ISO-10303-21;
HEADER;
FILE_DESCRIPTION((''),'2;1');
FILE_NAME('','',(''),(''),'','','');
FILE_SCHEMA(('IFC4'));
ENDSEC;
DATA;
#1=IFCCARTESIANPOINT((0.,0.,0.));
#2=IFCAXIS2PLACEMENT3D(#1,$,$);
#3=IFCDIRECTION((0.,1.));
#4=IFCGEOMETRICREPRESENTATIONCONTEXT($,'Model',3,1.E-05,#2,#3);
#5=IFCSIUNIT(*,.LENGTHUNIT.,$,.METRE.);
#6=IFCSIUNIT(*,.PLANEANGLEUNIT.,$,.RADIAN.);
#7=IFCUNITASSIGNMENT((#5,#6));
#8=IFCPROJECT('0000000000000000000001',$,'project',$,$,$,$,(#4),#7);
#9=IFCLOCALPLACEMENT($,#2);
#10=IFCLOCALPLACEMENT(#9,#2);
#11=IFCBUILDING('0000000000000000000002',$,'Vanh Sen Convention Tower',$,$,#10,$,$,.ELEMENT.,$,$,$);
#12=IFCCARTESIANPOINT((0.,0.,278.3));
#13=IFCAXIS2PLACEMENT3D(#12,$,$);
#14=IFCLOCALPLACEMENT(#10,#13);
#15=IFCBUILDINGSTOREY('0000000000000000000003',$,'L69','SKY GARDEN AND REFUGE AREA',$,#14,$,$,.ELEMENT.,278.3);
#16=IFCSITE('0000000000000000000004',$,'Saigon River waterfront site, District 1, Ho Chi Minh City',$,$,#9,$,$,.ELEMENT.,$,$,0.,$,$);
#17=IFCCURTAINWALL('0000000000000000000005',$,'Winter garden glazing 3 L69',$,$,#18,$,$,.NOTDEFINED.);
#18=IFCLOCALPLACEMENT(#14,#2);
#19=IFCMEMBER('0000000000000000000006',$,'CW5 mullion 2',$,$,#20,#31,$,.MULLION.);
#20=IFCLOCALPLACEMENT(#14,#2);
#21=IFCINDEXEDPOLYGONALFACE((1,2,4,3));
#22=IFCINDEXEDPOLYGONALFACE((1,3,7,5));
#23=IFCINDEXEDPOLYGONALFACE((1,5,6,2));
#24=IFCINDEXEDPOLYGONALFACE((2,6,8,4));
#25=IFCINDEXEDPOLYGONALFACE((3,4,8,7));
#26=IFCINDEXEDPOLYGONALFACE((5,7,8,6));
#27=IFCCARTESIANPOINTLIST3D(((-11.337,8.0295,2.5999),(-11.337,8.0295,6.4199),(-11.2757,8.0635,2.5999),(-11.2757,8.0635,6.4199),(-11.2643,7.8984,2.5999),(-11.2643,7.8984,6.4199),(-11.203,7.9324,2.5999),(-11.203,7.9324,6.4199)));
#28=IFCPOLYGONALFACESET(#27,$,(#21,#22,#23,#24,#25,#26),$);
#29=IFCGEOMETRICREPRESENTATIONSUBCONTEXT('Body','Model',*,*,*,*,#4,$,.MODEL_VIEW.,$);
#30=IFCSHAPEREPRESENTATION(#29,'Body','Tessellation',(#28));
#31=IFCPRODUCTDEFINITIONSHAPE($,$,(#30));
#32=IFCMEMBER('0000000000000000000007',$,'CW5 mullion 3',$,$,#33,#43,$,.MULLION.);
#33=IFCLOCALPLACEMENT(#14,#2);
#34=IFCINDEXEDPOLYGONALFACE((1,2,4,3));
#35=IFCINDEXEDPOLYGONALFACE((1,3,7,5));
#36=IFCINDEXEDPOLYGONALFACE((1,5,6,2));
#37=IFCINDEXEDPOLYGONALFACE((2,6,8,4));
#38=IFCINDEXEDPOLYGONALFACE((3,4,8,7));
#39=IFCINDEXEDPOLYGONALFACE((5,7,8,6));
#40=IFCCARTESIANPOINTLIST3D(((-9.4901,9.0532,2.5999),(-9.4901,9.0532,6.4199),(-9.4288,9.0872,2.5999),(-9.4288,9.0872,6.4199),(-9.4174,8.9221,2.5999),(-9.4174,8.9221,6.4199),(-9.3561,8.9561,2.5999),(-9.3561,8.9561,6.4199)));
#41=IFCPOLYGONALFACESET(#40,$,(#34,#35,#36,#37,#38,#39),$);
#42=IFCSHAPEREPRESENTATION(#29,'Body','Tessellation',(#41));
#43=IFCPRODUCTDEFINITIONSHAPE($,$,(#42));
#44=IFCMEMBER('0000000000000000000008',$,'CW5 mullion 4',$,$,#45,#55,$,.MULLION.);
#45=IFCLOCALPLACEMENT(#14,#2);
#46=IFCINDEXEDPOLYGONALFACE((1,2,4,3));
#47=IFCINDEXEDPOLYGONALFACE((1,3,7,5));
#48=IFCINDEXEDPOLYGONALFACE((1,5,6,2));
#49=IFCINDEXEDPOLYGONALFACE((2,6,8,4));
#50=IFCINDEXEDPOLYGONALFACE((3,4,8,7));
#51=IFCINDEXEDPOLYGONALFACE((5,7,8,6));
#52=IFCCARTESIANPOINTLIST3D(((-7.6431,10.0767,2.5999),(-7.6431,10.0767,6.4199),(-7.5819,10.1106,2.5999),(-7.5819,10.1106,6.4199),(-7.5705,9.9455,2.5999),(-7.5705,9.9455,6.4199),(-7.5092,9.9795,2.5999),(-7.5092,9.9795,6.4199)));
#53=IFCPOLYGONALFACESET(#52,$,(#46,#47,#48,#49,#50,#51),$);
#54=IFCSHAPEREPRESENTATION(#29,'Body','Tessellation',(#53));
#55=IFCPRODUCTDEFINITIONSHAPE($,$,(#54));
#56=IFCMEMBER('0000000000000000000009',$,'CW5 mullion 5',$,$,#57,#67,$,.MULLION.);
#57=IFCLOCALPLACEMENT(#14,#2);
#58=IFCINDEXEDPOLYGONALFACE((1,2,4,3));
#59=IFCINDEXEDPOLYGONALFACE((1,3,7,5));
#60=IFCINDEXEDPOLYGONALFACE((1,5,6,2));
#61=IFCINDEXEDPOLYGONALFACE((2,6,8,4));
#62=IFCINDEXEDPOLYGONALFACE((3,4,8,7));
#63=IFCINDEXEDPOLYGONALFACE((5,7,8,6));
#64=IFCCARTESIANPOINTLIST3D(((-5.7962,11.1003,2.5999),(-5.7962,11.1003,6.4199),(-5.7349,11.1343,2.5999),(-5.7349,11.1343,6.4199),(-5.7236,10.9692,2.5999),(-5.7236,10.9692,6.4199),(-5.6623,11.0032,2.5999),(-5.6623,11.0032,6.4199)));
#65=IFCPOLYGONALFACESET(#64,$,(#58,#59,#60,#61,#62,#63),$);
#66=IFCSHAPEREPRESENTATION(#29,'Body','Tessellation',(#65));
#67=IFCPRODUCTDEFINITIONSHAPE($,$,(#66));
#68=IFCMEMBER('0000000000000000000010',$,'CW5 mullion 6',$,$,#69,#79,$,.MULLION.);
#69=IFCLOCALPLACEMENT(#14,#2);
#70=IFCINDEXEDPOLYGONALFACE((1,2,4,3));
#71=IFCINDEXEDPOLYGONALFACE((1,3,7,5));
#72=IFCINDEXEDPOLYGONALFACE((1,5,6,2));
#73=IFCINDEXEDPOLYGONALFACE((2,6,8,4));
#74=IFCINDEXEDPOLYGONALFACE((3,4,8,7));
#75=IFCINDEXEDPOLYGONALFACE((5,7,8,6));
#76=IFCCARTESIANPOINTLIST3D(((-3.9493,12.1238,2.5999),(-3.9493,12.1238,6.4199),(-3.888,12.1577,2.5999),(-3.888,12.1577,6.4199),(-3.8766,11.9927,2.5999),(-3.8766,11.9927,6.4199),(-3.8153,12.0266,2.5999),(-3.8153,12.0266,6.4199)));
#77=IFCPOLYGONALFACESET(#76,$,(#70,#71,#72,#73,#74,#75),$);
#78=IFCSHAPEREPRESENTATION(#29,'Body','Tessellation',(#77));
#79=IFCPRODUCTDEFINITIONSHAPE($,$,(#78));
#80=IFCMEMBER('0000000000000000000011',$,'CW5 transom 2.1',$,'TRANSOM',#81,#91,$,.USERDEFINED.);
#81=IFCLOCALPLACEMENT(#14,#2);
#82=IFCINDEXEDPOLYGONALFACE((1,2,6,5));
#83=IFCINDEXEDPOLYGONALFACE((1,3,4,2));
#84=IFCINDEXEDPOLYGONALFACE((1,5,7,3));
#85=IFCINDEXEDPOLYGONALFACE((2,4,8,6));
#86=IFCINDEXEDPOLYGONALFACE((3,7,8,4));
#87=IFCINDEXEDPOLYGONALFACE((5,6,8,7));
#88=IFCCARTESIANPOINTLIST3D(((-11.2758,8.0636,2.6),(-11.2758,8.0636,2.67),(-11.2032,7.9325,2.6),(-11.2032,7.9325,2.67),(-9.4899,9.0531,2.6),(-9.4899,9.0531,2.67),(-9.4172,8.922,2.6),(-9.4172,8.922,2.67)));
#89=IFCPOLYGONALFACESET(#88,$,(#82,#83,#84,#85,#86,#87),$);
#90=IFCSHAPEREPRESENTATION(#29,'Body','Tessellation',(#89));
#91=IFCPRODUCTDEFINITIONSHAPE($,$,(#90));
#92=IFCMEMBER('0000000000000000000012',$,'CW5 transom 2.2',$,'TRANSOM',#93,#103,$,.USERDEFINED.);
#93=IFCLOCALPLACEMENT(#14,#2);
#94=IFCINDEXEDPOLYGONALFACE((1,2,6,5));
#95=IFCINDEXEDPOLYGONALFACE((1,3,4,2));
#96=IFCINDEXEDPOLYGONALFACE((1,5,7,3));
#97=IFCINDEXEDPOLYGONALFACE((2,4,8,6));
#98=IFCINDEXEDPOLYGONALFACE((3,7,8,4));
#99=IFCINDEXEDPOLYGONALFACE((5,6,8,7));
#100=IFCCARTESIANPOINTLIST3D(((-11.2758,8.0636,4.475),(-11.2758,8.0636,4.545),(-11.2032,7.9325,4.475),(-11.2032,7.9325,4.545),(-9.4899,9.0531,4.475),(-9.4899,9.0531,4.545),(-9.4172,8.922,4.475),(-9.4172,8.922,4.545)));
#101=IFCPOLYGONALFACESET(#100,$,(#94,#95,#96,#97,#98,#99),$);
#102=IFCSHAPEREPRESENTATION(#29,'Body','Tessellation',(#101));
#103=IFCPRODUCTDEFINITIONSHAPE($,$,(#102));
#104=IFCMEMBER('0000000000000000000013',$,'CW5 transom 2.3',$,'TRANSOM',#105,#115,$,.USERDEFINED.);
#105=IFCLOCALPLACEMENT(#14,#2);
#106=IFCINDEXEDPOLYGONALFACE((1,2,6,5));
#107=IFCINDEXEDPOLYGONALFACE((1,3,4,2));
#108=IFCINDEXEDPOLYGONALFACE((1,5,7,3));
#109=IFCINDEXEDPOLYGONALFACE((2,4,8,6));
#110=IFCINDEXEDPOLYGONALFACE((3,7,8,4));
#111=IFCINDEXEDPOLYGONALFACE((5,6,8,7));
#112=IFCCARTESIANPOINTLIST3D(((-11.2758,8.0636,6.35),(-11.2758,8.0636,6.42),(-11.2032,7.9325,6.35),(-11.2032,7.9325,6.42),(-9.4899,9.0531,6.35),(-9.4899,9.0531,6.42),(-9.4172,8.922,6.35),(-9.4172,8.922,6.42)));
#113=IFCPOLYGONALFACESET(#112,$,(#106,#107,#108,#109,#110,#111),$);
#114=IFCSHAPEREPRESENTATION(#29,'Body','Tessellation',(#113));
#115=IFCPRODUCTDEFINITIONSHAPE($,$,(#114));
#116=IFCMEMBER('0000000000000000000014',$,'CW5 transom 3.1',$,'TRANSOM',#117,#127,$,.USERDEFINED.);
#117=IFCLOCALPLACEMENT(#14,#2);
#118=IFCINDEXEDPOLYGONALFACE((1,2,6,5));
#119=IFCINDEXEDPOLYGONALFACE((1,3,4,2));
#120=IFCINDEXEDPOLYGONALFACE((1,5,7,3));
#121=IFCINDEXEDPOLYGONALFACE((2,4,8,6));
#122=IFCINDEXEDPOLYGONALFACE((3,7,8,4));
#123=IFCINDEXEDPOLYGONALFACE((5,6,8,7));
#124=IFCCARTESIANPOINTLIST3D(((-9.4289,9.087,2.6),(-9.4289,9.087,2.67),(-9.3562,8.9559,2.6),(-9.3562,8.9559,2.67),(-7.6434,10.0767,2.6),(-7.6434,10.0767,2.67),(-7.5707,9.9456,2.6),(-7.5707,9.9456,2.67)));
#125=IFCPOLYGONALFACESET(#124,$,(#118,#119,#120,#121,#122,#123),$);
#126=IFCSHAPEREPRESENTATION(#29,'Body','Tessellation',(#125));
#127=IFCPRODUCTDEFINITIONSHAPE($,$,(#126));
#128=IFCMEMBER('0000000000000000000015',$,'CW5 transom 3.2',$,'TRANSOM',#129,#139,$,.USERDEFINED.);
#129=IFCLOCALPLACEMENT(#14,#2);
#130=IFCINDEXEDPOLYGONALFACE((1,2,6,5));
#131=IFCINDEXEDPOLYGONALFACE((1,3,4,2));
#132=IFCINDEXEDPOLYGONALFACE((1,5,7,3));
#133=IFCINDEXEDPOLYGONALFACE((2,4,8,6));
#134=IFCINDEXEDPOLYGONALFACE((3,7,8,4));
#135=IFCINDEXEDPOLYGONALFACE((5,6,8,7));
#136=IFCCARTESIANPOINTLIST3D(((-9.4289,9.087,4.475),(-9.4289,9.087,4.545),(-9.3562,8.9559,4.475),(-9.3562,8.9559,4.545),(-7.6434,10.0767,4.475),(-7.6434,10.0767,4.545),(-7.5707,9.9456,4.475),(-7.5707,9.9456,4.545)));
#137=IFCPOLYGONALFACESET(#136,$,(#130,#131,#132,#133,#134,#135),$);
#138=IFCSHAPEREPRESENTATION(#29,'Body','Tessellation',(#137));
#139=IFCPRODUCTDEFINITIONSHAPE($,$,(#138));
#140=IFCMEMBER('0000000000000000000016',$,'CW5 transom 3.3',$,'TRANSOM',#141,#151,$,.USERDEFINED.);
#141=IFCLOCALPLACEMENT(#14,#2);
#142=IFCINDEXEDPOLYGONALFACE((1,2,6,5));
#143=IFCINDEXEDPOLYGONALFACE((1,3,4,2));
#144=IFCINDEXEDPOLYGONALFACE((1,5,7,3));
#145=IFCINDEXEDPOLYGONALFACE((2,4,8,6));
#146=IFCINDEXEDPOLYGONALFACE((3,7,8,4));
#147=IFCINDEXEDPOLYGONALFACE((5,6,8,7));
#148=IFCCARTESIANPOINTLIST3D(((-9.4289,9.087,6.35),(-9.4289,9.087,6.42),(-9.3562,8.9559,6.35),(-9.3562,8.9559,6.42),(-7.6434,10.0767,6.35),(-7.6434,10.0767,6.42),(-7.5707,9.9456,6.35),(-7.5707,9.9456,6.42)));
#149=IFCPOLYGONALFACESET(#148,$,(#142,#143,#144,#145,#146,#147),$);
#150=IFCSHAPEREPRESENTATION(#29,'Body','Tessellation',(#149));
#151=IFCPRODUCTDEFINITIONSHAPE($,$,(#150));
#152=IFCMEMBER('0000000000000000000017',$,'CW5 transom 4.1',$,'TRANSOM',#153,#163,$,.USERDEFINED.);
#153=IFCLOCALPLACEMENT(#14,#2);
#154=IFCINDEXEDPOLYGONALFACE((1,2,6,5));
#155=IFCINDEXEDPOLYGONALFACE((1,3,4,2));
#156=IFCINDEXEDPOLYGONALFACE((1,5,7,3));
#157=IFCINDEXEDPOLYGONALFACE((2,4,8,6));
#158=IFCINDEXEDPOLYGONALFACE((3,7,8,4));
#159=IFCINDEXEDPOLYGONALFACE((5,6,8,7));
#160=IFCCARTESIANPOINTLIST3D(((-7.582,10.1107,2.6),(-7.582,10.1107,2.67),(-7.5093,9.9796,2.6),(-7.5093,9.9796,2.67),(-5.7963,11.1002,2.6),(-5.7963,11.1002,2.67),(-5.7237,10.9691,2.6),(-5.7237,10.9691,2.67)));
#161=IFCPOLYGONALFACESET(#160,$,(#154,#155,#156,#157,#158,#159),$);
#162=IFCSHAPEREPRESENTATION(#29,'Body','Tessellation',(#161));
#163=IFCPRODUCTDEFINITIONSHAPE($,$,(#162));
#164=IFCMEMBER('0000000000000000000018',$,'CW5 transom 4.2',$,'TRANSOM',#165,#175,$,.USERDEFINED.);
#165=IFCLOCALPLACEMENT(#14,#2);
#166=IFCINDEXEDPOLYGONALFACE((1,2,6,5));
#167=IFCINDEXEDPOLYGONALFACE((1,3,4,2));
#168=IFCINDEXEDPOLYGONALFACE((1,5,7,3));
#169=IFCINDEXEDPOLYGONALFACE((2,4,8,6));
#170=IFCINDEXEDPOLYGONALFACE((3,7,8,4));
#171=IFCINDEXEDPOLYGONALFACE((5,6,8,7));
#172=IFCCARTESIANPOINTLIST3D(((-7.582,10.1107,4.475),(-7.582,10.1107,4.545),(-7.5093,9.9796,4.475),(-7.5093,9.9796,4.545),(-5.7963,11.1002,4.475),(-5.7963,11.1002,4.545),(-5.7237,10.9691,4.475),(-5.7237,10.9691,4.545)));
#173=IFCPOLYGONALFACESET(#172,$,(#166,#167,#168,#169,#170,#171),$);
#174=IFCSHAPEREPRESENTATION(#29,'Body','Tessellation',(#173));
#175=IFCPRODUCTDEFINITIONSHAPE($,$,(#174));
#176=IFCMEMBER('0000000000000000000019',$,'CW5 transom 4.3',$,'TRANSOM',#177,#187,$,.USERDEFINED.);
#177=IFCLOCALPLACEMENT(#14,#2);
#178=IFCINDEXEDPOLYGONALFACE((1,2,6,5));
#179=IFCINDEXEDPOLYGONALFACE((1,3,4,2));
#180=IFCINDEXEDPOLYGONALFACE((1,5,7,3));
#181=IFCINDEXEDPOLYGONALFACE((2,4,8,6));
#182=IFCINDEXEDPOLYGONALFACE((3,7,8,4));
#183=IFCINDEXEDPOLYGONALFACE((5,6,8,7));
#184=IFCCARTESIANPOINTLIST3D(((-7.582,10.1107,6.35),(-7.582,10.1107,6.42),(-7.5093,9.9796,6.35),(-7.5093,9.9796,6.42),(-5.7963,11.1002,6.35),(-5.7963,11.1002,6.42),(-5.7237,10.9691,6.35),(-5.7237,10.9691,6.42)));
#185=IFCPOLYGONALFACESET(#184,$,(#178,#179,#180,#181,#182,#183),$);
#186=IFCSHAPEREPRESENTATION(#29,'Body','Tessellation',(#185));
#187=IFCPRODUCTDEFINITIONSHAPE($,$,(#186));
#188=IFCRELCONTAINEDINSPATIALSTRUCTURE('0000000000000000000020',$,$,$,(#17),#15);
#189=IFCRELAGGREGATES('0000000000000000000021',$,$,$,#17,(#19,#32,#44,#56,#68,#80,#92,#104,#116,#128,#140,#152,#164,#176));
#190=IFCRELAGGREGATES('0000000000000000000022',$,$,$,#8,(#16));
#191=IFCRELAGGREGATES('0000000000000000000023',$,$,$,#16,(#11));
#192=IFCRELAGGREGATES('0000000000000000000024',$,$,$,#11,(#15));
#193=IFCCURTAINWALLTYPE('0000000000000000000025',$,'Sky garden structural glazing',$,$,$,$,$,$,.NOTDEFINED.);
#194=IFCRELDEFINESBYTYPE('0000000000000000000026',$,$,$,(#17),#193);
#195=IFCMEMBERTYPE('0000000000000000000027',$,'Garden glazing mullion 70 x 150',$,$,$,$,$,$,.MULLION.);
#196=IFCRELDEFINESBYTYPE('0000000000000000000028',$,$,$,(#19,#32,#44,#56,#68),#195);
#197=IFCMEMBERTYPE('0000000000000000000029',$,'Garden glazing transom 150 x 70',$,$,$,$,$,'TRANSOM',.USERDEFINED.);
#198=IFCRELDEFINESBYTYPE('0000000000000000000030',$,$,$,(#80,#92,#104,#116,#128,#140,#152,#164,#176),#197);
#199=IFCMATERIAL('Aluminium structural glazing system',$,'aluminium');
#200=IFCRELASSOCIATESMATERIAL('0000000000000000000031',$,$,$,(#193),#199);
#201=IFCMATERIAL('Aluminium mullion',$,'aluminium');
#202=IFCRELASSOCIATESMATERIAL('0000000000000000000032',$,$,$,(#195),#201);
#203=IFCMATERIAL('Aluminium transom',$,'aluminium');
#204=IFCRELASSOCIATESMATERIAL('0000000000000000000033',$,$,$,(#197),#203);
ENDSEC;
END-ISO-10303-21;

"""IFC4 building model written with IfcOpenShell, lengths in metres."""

from ifc_helpers import new_model, si_unit, direction, frame, origin, origin_2d, place, context, subcontext, project, spatial, rectangle, extrude, material, material_profile, profile_set, type_object, element, aggregate, save


model = new_model("IFC4")

# Units and contexts
model_context = context("Model", 3, precision=1e-05, world=origin(), true_north=direction((0.0, 1.0)))
body_context = subcontext(model_context, "Body", "Model", "MODEL_VIEW")
ifc_project = project(units=[si_unit("LENGTHUNIT", "METRE"), si_unit("PLANEANGLEUNIT", "RADIAN")], contexts=[model_context])

# Site, building, storey
site_placement = place(None, origin())
site = spatial("IfcSite", under=ifc_project, at=site_placement, Name="Saigon River waterfront site, District 1, Ho Chi Minh City", CompositionType="ELEMENT", RefElevation=0.0)
building_placement = place(site_placement, origin())
building = spatial("IfcBuilding", under=site, at=building_placement, Name="Vanh Sen Convention Tower", CompositionType="ELEMENT")
storey_placement = place(building_placement, frame((0.0, 0.0, 278.3)))
storey = spatial("IfcBuildingStorey", under=building, at=storey_placement, Name="L69", Description="SKY GARDEN AND REFUGE AREA", CompositionType="ELEMENT", Elevation=278.3)

# Curtain wall, members
ifc_material_1 = material(Name="Aluminium structural glazing system", Category="aluminium")
curtain_wall_type = type_object("IfcCurtainWallType", Name="Sky garden structural glazing", PredefinedType="NOTDEFINED", material=ifc_material_1)
curtain_wall_placement = place(storey_placement, origin())
curtain_wall = element("IfcCurtainWall", 1, at=curtain_wall_placement, inside=storey, type_object=curtain_wall_type, Name="Winter garden glazing 3 L69", PredefinedType="NOTDEFINED")
ifc_material_2 = material(Name="Aluminium mullion", Category="aluminium")
ifc_material_profile_1 = material_profile(ifc_material_2, rectangle(XDim=0.1499, YDim=0.0701, at=origin_2d()), Name="Garden glazing mullion 70 x 150")
ifc_profile_set_1 = profile_set([ifc_material_profile_1], Name="Aluminium mullion")
member_type_1 = type_object("IfcMemberType", Name="Garden glazing mullion 70 x 150", PredefinedType="MULLION", material=ifc_profile_set_1)
member_1_placement = place(storey_placement, frame((-11.27, 7.981, 2.5999), z_axis=(0.0, 0.0, 1.0), x_axis=(-0.484739, 0.874659, 0.0)))
member_1 = element("IfcMember", 2, at=member_1_placement, type_object=member_type_1, Name="CW5 mullion 2", PredefinedType="MULLION", context=body_context, shape_type="SweptSolid", body=[
    extrude(rectangle(XDim=0.1499, YDim=0.0701, at=origin_2d()), origin(), (0.0, 0.0, 1.0), 3.8201),
])
member_2_placement = place(storey_placement, frame((-9.4231, 9.0046, 2.5999), z_axis=(0.0, 0.0, 1.0), x_axis=(-0.484739, 0.874659, 0.0)))
member_2 = element("IfcMember", 3, at=member_2_placement, type_object=member_type_1, Name="CW5 mullion 3", PredefinedType="MULLION", context=body_context, shape_type="SweptSolid", body=[
    extrude(rectangle(XDim=0.1499, YDim=0.0701, at=origin_2d()), origin(), (0.0, 0.0, 1.0), 3.8201),
])
member_3_placement = place(storey_placement, frame((-7.5762, 10.0281, 2.5999), z_axis=(0.0, 0.0, 1.0), x_axis=(-0.484739, 0.874659, 0.0)))
member_3 = element("IfcMember", 4, at=member_3_placement, type_object=member_type_1, Name="CW5 mullion 4", PredefinedType="MULLION", context=body_context, shape_type="SweptSolid", body=[
    extrude(rectangle(XDim=0.1499, YDim=0.0701, at=origin_2d()), origin(), (0.0, 0.0, 1.0), 3.8201),
])
member_4_placement = place(storey_placement, frame((-5.7292, 11.0518, 2.5999), z_axis=(0.0, 0.0, 1.0), x_axis=(-0.484739, 0.874659, 0.0)))
member_4 = element("IfcMember", 5, at=member_4_placement, type_object=member_type_1, Name="CW5 mullion 5", PredefinedType="MULLION", context=body_context, shape_type="SweptSolid", body=[
    extrude(rectangle(XDim=0.1499, YDim=0.0701, at=origin_2d()), origin(), (0.0, 0.0, 1.0), 3.8201),
])
member_5_placement = place(storey_placement, frame((-3.8823, 12.0752, 2.5999), z_axis=(0.0, 0.0, 1.0), x_axis=(-0.484739, 0.874659, 0.0)))
member_5 = element("IfcMember", 6, at=member_5_placement, type_object=member_type_1, Name="CW5 mullion 6", PredefinedType="MULLION", context=body_context, shape_type="SweptSolid", body=[
    extrude(rectangle(XDim=0.1499, YDim=0.0701, at=origin_2d()), origin(), (0.0, 0.0, 1.0), 3.8201),
])
ifc_material_3 = material(Name="Aluminium transom", Category="aluminium")
ifc_material_profile_2 = material_profile(ifc_material_3, rectangle(XDim=0.1499, YDim=0.0701, at=origin_2d()), Name="Garden glazing transom 150 x 70")
ifc_profile_set_2 = profile_set([ifc_material_profile_2], Name="Aluminium transom")
member_type_2 = type_object("IfcMemberType", Name="Garden glazing transom 150 x 70", ElementType="TRANSOM", PredefinedType="USERDEFINED", material=ifc_profile_set_2)
member_6_placement = place(storey_placement, frame((-11.2395, 7.998, 2.635), z_axis=(0.874709, 0.484648, 0.0), x_axis=(-0.484648, 0.874709, 0.0)))
member_6 = element("IfcMember", 7, at=member_6_placement, type_object=member_type_2, Name="CW5 transom 2.1", ObjectType="TRANSOM", PredefinedType="USERDEFINED", context=body_context, shape_type="SweptSolid", body=[
    extrude(rectangle(XDim=0.1499, YDim=0.0701, at=origin_2d()), origin(), (0.0, 0.0, 1.0), 2.0417),
])
member_7_placement = place(storey_placement, frame((-11.2395, 7.998, 4.51), z_axis=(0.874709, 0.484648, 0.0), x_axis=(-0.484648, 0.874709, 0.0)))
member_7 = element("IfcMember", 8, at=member_7_placement, type_object=member_type_2, Name="CW5 transom 2.2", ObjectType="TRANSOM", PredefinedType="USERDEFINED", context=body_context, shape_type="SweptSolid", body=[
    extrude(rectangle(XDim=0.1499, YDim=0.0701, at=origin_2d()), origin(), (0.0, 0.0, 1.0), 2.0417),
])
member_8_placement = place(storey_placement, frame((-11.2395, 7.998, 6.385), z_axis=(0.874709, 0.484648, 0.0), x_axis=(-0.484648, 0.874709, 0.0)))
member_8 = element("IfcMember", 9, at=member_8_placement, type_object=member_type_2, Name="CW5 transom 2.3", ObjectType="TRANSOM", PredefinedType="USERDEFINED", context=body_context, shape_type="SweptSolid", body=[
    extrude(rectangle(XDim=0.1499, YDim=0.0701, at=origin_2d()), origin(), (0.0, 0.0, 1.0), 2.0417),
])
member_9_placement = place(storey_placement, frame((-9.3926, 9.0215, 2.635), z_axis=(0.874631, 0.48479, 0.0), x_axis=(-0.48479, 0.874631, 0.0)))
member_9 = element("IfcMember", 10, at=member_9_placement, type_object=member_type_2, Name="CW5 transom 3.1", ObjectType="TRANSOM", PredefinedType="USERDEFINED", context=body_context, shape_type="SweptSolid", body=[
    extrude(rectangle(XDim=0.1499, YDim=0.0701, at=origin_2d()), origin(), (0.0, 0.0, 1.0), 2.0415),
])
member_10_placement = place(storey_placement, frame((-9.3926, 9.0215, 4.51), z_axis=(0.874631, 0.48479, 0.0), x_axis=(-0.48479, 0.874631, 0.0)))
member_10 = element("IfcMember", 11, at=member_10_placement, type_object=member_type_2, Name="CW5 transom 3.2", ObjectType="TRANSOM", PredefinedType="USERDEFINED", context=body_context, shape_type="SweptSolid", body=[
    extrude(rectangle(XDim=0.1499, YDim=0.0701, at=origin_2d()), origin(), (0.0, 0.0, 1.0), 2.0415),
])
member_11_placement = place(storey_placement, frame((-9.3926, 9.0215, 6.385), z_axis=(0.874631, 0.48479, 0.0), x_axis=(-0.48479, 0.874631, 0.0)))
member_11 = element("IfcMember", 12, at=member_11_placement, type_object=member_type_2, Name="CW5 transom 3.3", ObjectType="TRANSOM", PredefinedType="USERDEFINED", context=body_context, shape_type="SweptSolid", body=[
    extrude(rectangle(XDim=0.1499, YDim=0.0701, at=origin_2d()), origin(), (0.0, 0.0, 1.0), 2.0415),
])
member_12_placement = place(storey_placement, frame((-7.5457, 10.0452, 2.635), z_axis=(0.874681, 0.484698, 0.0), x_axis=(-0.484698, 0.874681, 0.0)))
member_12 = element("IfcMember", 13, at=member_12_placement, type_object=member_type_2, Name="CW5 transom 4.1", ObjectType="TRANSOM", PredefinedType="USERDEFINED", context=body_context, shape_type="SweptSolid", body=[
    extrude(rectangle(XDim=0.1499, YDim=0.0701, at=origin_2d()), origin(), (0.0, 0.0, 1.0), 2.0415),
])
member_13_placement = place(storey_placement, frame((-7.5457, 10.0452, 4.51), z_axis=(0.874681, 0.484698, 0.0), x_axis=(-0.484698, 0.874681, 0.0)))
member_13 = element("IfcMember", 14, at=member_13_placement, type_object=member_type_2, Name="CW5 transom 4.2", ObjectType="TRANSOM", PredefinedType="USERDEFINED", context=body_context, shape_type="SweptSolid", body=[
    extrude(rectangle(XDim=0.1499, YDim=0.0701, at=origin_2d()), origin(), (0.0, 0.0, 1.0), 2.0415),
])
member_14_placement = place(storey_placement, frame((-7.5457, 10.0452, 6.385), z_axis=(0.874681, 0.484698, 0.0), x_axis=(-0.484698, 0.874681, 0.0)))
member_14 = element("IfcMember", 15, at=member_14_placement, type_object=member_type_2, Name="CW5 transom 4.3", ObjectType="TRANSOM", PredefinedType="USERDEFINED", context=body_context, shape_type="SweptSolid", body=[
    extrude(rectangle(XDim=0.1499, YDim=0.0701, at=origin_2d()), origin(), (0.0, 0.0, 1.0), 2.0415),
])
aggregate(curtain_wall, [member_1, member_2, member_3, member_4, member_5, member_6, member_7, member_8, member_9, member_10, member_11, member_12, member_13, member_14])

save(model, "model.ifc")
